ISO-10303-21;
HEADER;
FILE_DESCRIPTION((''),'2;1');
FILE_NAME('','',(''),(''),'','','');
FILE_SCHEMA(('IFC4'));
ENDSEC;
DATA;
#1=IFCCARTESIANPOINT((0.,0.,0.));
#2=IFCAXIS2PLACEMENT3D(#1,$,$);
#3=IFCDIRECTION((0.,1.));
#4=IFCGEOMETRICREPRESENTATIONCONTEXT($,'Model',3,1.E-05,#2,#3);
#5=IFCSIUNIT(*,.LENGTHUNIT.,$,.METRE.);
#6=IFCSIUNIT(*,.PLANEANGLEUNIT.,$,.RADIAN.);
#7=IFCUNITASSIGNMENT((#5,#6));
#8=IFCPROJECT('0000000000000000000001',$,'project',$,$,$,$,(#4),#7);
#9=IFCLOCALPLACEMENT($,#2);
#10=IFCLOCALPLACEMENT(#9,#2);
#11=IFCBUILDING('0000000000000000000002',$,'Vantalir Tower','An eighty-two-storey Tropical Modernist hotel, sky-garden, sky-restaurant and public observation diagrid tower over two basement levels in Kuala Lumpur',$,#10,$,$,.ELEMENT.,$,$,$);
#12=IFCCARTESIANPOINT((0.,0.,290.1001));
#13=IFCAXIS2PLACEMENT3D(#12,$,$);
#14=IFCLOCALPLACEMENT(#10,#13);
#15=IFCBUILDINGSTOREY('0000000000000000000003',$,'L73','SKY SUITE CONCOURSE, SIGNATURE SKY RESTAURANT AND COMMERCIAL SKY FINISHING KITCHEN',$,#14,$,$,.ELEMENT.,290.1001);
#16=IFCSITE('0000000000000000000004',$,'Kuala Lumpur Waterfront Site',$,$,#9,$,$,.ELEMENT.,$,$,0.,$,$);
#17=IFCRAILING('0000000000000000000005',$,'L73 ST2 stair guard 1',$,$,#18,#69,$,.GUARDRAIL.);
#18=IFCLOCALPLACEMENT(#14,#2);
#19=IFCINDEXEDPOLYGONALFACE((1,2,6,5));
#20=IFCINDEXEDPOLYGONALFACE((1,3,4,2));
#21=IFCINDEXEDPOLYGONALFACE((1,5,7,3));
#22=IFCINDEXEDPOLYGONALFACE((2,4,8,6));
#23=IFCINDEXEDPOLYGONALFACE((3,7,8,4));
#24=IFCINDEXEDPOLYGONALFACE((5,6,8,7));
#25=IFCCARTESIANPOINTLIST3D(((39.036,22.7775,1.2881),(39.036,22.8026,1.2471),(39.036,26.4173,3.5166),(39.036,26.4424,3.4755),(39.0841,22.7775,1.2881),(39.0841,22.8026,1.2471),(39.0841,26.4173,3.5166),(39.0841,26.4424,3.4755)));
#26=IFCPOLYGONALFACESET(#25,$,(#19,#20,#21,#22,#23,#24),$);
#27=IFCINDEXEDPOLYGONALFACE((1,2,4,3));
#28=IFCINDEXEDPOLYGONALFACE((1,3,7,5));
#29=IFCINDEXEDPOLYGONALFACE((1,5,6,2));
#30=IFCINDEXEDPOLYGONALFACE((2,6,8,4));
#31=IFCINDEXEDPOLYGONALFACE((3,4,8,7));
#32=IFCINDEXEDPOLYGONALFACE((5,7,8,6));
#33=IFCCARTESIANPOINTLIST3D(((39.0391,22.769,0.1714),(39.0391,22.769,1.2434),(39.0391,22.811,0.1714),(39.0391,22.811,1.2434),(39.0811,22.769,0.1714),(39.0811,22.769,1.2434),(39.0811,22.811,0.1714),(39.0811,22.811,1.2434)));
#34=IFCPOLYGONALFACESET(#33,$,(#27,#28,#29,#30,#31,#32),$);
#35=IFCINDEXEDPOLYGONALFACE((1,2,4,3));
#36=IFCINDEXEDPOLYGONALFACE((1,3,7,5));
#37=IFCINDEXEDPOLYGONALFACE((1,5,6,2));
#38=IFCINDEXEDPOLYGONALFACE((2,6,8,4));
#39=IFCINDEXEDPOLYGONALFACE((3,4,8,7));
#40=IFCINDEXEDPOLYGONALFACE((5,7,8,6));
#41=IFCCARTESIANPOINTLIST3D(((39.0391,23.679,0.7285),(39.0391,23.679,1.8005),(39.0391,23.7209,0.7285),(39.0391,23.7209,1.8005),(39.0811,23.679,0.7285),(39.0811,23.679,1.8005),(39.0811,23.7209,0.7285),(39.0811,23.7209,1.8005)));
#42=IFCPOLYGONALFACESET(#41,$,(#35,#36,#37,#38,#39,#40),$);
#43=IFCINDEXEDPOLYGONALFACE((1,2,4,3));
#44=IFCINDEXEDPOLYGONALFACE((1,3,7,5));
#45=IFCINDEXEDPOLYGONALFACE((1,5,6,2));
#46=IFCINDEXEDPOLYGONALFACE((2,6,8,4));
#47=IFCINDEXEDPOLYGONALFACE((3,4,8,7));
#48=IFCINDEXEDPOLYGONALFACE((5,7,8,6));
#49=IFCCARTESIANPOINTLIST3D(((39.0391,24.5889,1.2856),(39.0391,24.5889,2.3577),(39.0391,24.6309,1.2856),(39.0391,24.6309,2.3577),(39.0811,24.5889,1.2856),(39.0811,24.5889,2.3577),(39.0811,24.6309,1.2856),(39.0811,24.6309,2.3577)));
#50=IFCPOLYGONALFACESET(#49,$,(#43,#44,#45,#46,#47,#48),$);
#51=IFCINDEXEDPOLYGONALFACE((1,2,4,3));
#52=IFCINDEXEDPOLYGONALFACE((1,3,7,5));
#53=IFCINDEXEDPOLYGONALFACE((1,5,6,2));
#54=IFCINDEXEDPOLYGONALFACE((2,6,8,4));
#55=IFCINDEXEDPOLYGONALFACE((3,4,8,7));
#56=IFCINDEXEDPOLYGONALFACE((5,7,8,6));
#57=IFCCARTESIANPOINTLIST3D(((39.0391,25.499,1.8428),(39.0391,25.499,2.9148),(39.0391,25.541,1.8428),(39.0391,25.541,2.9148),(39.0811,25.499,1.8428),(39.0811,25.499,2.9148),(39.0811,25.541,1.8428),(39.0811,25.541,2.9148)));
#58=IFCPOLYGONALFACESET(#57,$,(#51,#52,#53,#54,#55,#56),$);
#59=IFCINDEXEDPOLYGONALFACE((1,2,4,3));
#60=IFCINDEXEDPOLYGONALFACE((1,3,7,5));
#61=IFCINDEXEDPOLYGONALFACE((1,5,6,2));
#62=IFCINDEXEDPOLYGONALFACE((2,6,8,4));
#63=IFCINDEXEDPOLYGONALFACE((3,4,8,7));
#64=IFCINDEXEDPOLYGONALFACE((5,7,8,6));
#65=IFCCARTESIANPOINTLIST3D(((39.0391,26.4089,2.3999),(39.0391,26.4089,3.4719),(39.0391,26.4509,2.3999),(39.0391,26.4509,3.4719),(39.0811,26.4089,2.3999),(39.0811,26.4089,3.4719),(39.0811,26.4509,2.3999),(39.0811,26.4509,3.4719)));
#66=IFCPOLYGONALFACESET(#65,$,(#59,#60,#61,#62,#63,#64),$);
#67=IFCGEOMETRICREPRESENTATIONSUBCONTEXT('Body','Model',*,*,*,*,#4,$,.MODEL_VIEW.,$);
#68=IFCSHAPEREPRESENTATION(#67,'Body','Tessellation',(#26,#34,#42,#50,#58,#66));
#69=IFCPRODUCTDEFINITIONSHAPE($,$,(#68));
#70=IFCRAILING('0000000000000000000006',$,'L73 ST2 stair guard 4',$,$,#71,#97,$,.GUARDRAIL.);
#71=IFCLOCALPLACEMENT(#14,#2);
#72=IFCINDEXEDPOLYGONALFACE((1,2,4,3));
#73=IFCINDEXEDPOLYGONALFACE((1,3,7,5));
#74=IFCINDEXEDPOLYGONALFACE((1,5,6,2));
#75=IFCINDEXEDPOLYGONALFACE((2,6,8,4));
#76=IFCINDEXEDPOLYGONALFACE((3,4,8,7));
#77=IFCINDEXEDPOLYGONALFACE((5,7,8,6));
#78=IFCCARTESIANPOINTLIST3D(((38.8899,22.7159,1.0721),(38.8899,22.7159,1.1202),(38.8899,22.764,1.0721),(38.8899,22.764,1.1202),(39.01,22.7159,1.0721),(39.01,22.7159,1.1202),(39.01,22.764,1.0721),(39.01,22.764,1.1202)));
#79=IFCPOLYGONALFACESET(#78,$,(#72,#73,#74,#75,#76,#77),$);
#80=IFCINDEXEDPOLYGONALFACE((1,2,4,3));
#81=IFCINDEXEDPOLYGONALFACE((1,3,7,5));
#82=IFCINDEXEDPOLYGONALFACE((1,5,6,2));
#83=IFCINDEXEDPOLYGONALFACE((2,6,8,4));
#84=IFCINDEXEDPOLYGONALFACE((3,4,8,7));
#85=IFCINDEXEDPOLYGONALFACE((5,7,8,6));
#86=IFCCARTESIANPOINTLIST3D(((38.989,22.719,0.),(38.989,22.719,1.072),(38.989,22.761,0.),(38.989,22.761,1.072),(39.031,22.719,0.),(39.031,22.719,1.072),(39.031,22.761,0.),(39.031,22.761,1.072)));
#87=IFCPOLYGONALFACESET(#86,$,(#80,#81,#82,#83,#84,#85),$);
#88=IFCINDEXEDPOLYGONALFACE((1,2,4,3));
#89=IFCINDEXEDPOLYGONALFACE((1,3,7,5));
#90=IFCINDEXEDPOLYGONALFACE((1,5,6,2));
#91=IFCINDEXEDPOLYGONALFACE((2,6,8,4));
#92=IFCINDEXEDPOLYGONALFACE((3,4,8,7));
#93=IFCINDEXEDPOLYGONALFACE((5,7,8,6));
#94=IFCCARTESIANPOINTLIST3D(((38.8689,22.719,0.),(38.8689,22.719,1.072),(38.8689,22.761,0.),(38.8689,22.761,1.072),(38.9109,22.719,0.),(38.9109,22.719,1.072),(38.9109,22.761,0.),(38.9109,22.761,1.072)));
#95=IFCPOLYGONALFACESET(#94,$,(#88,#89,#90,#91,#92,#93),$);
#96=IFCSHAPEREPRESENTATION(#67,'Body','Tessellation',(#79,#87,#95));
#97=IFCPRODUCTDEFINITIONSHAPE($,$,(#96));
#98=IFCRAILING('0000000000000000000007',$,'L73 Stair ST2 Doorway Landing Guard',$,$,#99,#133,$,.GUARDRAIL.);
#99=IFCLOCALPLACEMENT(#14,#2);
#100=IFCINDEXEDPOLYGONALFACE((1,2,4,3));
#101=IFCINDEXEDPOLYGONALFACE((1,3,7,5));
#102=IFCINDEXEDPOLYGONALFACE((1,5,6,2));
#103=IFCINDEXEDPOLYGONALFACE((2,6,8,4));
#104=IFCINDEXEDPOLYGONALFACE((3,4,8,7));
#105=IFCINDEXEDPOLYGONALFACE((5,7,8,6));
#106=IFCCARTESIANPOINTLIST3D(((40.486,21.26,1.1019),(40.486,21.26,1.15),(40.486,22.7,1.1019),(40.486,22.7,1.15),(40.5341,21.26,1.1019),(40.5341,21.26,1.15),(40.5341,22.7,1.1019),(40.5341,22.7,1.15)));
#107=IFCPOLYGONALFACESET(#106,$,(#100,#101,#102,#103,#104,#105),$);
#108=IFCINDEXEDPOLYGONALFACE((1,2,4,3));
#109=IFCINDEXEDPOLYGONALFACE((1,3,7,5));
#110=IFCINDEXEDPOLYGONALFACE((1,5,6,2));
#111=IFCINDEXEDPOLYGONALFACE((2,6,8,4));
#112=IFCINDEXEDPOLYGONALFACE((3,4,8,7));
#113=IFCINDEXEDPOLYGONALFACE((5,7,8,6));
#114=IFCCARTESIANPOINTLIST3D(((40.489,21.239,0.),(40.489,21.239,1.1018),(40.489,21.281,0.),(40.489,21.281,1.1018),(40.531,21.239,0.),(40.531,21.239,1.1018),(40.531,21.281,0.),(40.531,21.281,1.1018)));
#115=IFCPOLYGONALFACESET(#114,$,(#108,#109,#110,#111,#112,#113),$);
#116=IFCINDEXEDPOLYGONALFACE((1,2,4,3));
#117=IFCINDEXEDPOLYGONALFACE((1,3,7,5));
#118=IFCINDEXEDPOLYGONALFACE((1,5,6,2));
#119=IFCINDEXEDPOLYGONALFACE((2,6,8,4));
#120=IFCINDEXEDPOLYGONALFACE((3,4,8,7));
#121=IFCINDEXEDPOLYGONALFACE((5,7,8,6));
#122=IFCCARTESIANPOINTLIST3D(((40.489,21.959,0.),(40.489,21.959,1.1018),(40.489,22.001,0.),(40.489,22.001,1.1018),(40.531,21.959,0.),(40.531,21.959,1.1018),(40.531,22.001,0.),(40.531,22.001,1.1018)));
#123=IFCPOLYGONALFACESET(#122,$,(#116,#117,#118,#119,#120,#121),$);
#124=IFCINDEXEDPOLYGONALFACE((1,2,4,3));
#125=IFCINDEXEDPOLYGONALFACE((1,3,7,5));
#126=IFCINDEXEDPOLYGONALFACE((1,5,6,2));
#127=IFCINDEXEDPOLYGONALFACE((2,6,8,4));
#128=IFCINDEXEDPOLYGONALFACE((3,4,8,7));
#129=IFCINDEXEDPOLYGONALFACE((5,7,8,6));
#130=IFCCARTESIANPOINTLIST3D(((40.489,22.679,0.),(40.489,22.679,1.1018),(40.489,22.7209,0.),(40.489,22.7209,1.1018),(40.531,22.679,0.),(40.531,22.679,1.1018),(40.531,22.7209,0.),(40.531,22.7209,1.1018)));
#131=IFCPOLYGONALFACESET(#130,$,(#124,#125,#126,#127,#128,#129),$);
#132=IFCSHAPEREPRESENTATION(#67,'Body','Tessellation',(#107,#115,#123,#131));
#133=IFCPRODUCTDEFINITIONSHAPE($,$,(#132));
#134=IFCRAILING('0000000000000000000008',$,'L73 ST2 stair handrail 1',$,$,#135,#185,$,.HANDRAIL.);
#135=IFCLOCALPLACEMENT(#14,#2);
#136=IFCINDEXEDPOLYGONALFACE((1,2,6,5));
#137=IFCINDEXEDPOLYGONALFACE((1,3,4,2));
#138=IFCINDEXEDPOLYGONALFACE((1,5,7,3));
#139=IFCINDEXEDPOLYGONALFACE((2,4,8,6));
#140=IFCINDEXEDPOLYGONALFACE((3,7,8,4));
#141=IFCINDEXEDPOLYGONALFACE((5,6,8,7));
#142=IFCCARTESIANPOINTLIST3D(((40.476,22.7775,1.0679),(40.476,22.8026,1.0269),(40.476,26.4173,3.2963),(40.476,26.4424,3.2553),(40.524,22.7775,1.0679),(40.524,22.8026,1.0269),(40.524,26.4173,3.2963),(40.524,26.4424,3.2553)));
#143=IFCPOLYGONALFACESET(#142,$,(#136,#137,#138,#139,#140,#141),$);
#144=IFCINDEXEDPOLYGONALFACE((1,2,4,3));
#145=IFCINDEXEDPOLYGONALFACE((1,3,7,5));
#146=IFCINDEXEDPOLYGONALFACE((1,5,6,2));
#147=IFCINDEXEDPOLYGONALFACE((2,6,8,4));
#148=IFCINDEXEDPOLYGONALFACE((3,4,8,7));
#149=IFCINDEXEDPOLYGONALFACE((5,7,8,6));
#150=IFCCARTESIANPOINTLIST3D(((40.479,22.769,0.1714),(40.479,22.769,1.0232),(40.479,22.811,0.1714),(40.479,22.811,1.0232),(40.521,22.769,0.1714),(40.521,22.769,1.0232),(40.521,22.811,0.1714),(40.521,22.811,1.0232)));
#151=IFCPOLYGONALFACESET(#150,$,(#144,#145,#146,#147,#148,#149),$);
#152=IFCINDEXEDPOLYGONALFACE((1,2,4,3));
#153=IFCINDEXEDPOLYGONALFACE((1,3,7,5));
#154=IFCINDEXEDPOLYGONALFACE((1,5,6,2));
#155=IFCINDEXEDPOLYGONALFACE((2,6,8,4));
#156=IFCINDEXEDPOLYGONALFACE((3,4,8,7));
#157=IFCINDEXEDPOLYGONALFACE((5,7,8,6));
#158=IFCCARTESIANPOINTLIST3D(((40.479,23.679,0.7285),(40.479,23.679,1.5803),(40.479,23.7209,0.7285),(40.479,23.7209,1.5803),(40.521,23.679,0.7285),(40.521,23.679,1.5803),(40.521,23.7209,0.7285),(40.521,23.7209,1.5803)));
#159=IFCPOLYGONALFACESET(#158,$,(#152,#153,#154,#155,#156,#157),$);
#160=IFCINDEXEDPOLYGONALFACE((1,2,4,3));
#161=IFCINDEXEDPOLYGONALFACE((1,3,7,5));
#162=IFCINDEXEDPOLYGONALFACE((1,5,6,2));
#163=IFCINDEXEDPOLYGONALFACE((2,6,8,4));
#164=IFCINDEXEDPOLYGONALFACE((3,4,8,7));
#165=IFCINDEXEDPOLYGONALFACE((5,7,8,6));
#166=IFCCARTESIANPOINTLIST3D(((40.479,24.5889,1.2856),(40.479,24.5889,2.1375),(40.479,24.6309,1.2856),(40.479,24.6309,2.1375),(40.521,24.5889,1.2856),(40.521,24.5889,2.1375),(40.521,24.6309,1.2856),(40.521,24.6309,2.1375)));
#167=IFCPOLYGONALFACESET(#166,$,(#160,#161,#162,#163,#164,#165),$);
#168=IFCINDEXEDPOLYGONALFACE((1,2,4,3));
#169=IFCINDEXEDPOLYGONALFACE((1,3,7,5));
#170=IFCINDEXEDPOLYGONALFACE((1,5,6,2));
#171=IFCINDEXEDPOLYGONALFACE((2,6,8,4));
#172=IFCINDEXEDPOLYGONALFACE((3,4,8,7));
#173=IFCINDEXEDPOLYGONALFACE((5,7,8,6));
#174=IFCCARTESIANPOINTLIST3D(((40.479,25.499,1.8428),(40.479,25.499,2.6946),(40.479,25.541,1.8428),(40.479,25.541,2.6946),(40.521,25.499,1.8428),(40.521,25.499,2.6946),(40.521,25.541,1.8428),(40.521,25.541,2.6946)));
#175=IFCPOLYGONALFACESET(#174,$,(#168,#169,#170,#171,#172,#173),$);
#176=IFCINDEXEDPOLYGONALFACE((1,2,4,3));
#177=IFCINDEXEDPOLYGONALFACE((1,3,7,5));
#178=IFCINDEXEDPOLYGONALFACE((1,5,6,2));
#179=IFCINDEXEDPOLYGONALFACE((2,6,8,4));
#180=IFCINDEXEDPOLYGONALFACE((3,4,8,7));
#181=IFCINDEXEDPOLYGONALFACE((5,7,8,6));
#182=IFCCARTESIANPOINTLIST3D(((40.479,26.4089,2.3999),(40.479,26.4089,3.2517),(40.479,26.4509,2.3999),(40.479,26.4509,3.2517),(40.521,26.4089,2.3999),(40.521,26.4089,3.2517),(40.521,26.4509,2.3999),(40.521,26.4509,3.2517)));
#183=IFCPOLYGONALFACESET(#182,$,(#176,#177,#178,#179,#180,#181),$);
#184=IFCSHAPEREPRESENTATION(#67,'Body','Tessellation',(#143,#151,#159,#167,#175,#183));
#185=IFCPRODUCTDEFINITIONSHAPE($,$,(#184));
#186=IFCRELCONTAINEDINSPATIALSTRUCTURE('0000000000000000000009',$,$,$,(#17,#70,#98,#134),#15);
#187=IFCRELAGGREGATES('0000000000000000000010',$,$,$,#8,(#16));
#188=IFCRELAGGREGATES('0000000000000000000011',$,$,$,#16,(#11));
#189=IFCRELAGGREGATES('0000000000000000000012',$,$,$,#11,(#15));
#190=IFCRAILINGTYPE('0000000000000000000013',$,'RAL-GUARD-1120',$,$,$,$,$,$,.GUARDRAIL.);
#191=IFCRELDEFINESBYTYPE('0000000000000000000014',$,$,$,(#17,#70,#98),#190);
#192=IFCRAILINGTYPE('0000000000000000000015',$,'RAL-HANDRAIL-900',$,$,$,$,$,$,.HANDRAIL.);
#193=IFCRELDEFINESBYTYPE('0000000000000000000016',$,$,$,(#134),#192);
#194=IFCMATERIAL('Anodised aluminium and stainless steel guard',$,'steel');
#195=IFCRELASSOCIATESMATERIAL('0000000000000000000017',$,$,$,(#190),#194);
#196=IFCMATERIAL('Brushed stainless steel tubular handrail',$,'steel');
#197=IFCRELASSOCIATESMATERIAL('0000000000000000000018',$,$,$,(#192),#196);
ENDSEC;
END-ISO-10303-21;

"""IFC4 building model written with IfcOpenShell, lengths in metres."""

from ifc_helpers import new_model, si_unit, direction, frame, origin, origin_2d, place, context, subcontext, project, spatial, rectangle, extrude, material, type_object, element, save


model = new_model("IFC4")

# Units and contexts
model_context = context("Model", 3, precision=1e-05, world=origin(), true_north=direction((0.0, 1.0)))
body_context = subcontext(model_context, "Body", "Model", "MODEL_VIEW")
ifc_project = project(units=[si_unit("LENGTHUNIT", "METRE"), si_unit("PLANEANGLEUNIT", "RADIAN")], contexts=[model_context])

# Site, building, storey
site_placement = place(None, origin())
site = spatial("IfcSite", under=ifc_project, at=site_placement, Name="Kuala Lumpur Waterfront Site", CompositionType="ELEMENT", RefElevation=0.0)
building_placement = place(site_placement, origin())
building = spatial("IfcBuilding", under=site, at=building_placement, Name="Vantalir Tower", Description="An eighty-two-storey Tropical Modernist hotel, sky-garden, sky-restaurant and public observation diagrid tower over two basement levels in Kuala Lumpur", CompositionType="ELEMENT")
storey_placement = place(building_placement, frame((0.0, 0.0, 290.1001)))
storey = spatial("IfcBuildingStorey", under=building, at=storey_placement, Name="L73", Description="SKY SUITE CONCOURSE, SIGNATURE SKY RESTAURANT AND COMMERCIAL SKY FINISHING KITCHEN", CompositionType="ELEMENT", Elevation=290.1001)

# Railings
ifc_material_1 = material(Name="Anodised aluminium and stainless steel guard", Category="steel")
railing_type_1 = type_object("IfcRailingType", Name="RAL-GUARD-1120", PredefinedType="GUARDRAIL", material=ifc_material_1)
railing_1_placement = place(storey_placement, frame((39.0601, 22.79, 0.1714)))
element("IfcRailing", 1, at=railing_1_placement, inside=storey, type_object=railing_type_1, Name="L73 ST2 stair guard 1", PredefinedType="GUARDRAIL", context=body_context, shape_type="SweptSolid", body=[
    extrude(rectangle(XDim=0.0481, YDim=0.0481, at=origin_2d()), frame((0.0, 0.0, 1.0962), z_axis=(0.0, 0.85285, 0.522156), x_axis=(-1.0, 0.0, 0.0)), (0.0, 0.0, 1.0), 4.2678),
    extrude(rectangle(XDim=0.042, YDim=0.042, at=origin_2d()), origin(), (0.0, 0.0, 1.0), 1.072),
    extrude(rectangle(XDim=0.042, YDim=0.042, at=origin_2d()), frame((0.0, 0.9099, 0.5571)), (0.0, 0.0, 1.0), 1.072),
    extrude(rectangle(XDim=0.042, YDim=0.042, at=origin_2d()), frame((0.0, 1.8198, 1.1143)), (0.0, 0.0, 1.0), 1.072),
    extrude(rectangle(XDim=0.042, YDim=0.042, at=origin_2d()), frame((0.0, 2.73, 1.6714)), (0.0, 0.0, 1.0), 1.072),
    extrude(rectangle(XDim=0.042, YDim=0.042, at=origin_2d()), frame((0.0, 3.6399, 2.2285)), (0.0, 0.0, 1.0), 1.072),
])
railing_2_placement = place(storey_placement, frame((39.01, 22.74, 0.0)))
element("IfcRailing", 2, at=railing_2_placement, inside=storey, type_object=railing_type_1, Name="L73 ST2 stair guard 4", PredefinedType="GUARDRAIL", context=body_context, shape_type="SweptSolid", body=[
    extrude(rectangle(XDim=0.0481, YDim=0.0481, at=origin_2d()), frame((0.0, 0.0, 1.0962), z_axis=(-1.0, 0.0, 0.0), x_axis=(0.0, -1.0, 0.0)), (0.0, 0.0, 1.0), 0.1201),
    extrude(rectangle(XDim=0.042, YDim=0.042, at=origin_2d()), origin(), (0.0, 0.0, 1.0), 1.072),
    extrude(rectangle(XDim=0.042, YDim=0.042, at=origin_2d()), frame((-0.1201, 0.0, 0.0)), (0.0, 0.0, 1.0), 1.072),
])
railing_3_placement = place(storey_placement, frame((40.51, 21.26, 0.0)))
element("IfcRailing", 3, at=railing_3_placement, inside=storey, type_object=railing_type_1, Name="L73 Stair ST2 Doorway Landing Guard", PredefinedType="GUARDRAIL", context=body_context, shape_type="SweptSolid", body=[
    extrude(rectangle(XDim=0.0481, YDim=0.0481, at=origin_2d()), frame((0.0, 0.0, 1.126), z_axis=(0.0, 1.0, 0.0), x_axis=(-1.0, 0.0, 0.0)), (0.0, 0.0, 1.0), 1.4399),
    extrude(rectangle(XDim=0.042, YDim=0.042, at=origin_2d()), origin(), (0.0, 0.0, 1.0), 1.1018),
    extrude(rectangle(XDim=0.042, YDim=0.042, at=origin_2d()), frame((0.0, 0.72, 0.0)), (0.0, 0.0, 1.0), 1.1018),
    extrude(rectangle(XDim=0.042, YDim=0.042, at=origin_2d()), frame((0.0, 1.4399, 0.0)), (0.0, 0.0, 1.0), 1.1018),
])
ifc_material_2 = material(Name="Brushed stainless steel tubular handrail", Category="steel")
railing_type_2 = type_object("IfcRailingType", Name="RAL-HANDRAIL-900", PredefinedType="HANDRAIL", material=ifc_material_2)
railing_4_placement = place(storey_placement, frame((40.5, 22.79, 0.1714)))
element("IfcRailing", 4, at=railing_4_placement, inside=storey, type_object=railing_type_2, Name="L73 ST2 stair handrail 1", PredefinedType="HANDRAIL", context=body_context, shape_type="SweptSolid", body=[
    extrude(rectangle(XDim=0.0481, YDim=0.0481, at=origin_2d()), frame((0.0, 0.0, 0.876), z_axis=(0.0, 0.85285, 0.522156), x_axis=(-1.0, 0.0, 0.0)), (0.0, 0.0, 1.0), 4.2678),
    extrude(rectangle(XDim=0.042, YDim=0.042, at=origin_2d()), origin(), (0.0, 0.0, 1.0), 0.8518),
    extrude(rectangle(XDim=0.042, YDim=0.042, at=origin_2d()), frame((0.0, 0.9099, 0.5571)), (0.0, 0.0, 1.0), 0.8518),
    extrude(rectangle(XDim=0.042, YDim=0.042, at=origin_2d()), frame((0.0, 1.8198, 1.1143)), (0.0, 0.0, 1.0), 0.8518),
    extrude(rectangle(XDim=0.042, YDim=0.042, at=origin_2d()), frame((0.0, 2.73, 1.6714)), (0.0, 0.0, 1.0), 0.8518),
    extrude(rectangle(XDim=0.042, YDim=0.042, at=origin_2d()), frame((0.0, 3.6399, 2.2285)), (0.0, 0.0, 1.0), 0.8518),
])

save(model, "model.ifc")
